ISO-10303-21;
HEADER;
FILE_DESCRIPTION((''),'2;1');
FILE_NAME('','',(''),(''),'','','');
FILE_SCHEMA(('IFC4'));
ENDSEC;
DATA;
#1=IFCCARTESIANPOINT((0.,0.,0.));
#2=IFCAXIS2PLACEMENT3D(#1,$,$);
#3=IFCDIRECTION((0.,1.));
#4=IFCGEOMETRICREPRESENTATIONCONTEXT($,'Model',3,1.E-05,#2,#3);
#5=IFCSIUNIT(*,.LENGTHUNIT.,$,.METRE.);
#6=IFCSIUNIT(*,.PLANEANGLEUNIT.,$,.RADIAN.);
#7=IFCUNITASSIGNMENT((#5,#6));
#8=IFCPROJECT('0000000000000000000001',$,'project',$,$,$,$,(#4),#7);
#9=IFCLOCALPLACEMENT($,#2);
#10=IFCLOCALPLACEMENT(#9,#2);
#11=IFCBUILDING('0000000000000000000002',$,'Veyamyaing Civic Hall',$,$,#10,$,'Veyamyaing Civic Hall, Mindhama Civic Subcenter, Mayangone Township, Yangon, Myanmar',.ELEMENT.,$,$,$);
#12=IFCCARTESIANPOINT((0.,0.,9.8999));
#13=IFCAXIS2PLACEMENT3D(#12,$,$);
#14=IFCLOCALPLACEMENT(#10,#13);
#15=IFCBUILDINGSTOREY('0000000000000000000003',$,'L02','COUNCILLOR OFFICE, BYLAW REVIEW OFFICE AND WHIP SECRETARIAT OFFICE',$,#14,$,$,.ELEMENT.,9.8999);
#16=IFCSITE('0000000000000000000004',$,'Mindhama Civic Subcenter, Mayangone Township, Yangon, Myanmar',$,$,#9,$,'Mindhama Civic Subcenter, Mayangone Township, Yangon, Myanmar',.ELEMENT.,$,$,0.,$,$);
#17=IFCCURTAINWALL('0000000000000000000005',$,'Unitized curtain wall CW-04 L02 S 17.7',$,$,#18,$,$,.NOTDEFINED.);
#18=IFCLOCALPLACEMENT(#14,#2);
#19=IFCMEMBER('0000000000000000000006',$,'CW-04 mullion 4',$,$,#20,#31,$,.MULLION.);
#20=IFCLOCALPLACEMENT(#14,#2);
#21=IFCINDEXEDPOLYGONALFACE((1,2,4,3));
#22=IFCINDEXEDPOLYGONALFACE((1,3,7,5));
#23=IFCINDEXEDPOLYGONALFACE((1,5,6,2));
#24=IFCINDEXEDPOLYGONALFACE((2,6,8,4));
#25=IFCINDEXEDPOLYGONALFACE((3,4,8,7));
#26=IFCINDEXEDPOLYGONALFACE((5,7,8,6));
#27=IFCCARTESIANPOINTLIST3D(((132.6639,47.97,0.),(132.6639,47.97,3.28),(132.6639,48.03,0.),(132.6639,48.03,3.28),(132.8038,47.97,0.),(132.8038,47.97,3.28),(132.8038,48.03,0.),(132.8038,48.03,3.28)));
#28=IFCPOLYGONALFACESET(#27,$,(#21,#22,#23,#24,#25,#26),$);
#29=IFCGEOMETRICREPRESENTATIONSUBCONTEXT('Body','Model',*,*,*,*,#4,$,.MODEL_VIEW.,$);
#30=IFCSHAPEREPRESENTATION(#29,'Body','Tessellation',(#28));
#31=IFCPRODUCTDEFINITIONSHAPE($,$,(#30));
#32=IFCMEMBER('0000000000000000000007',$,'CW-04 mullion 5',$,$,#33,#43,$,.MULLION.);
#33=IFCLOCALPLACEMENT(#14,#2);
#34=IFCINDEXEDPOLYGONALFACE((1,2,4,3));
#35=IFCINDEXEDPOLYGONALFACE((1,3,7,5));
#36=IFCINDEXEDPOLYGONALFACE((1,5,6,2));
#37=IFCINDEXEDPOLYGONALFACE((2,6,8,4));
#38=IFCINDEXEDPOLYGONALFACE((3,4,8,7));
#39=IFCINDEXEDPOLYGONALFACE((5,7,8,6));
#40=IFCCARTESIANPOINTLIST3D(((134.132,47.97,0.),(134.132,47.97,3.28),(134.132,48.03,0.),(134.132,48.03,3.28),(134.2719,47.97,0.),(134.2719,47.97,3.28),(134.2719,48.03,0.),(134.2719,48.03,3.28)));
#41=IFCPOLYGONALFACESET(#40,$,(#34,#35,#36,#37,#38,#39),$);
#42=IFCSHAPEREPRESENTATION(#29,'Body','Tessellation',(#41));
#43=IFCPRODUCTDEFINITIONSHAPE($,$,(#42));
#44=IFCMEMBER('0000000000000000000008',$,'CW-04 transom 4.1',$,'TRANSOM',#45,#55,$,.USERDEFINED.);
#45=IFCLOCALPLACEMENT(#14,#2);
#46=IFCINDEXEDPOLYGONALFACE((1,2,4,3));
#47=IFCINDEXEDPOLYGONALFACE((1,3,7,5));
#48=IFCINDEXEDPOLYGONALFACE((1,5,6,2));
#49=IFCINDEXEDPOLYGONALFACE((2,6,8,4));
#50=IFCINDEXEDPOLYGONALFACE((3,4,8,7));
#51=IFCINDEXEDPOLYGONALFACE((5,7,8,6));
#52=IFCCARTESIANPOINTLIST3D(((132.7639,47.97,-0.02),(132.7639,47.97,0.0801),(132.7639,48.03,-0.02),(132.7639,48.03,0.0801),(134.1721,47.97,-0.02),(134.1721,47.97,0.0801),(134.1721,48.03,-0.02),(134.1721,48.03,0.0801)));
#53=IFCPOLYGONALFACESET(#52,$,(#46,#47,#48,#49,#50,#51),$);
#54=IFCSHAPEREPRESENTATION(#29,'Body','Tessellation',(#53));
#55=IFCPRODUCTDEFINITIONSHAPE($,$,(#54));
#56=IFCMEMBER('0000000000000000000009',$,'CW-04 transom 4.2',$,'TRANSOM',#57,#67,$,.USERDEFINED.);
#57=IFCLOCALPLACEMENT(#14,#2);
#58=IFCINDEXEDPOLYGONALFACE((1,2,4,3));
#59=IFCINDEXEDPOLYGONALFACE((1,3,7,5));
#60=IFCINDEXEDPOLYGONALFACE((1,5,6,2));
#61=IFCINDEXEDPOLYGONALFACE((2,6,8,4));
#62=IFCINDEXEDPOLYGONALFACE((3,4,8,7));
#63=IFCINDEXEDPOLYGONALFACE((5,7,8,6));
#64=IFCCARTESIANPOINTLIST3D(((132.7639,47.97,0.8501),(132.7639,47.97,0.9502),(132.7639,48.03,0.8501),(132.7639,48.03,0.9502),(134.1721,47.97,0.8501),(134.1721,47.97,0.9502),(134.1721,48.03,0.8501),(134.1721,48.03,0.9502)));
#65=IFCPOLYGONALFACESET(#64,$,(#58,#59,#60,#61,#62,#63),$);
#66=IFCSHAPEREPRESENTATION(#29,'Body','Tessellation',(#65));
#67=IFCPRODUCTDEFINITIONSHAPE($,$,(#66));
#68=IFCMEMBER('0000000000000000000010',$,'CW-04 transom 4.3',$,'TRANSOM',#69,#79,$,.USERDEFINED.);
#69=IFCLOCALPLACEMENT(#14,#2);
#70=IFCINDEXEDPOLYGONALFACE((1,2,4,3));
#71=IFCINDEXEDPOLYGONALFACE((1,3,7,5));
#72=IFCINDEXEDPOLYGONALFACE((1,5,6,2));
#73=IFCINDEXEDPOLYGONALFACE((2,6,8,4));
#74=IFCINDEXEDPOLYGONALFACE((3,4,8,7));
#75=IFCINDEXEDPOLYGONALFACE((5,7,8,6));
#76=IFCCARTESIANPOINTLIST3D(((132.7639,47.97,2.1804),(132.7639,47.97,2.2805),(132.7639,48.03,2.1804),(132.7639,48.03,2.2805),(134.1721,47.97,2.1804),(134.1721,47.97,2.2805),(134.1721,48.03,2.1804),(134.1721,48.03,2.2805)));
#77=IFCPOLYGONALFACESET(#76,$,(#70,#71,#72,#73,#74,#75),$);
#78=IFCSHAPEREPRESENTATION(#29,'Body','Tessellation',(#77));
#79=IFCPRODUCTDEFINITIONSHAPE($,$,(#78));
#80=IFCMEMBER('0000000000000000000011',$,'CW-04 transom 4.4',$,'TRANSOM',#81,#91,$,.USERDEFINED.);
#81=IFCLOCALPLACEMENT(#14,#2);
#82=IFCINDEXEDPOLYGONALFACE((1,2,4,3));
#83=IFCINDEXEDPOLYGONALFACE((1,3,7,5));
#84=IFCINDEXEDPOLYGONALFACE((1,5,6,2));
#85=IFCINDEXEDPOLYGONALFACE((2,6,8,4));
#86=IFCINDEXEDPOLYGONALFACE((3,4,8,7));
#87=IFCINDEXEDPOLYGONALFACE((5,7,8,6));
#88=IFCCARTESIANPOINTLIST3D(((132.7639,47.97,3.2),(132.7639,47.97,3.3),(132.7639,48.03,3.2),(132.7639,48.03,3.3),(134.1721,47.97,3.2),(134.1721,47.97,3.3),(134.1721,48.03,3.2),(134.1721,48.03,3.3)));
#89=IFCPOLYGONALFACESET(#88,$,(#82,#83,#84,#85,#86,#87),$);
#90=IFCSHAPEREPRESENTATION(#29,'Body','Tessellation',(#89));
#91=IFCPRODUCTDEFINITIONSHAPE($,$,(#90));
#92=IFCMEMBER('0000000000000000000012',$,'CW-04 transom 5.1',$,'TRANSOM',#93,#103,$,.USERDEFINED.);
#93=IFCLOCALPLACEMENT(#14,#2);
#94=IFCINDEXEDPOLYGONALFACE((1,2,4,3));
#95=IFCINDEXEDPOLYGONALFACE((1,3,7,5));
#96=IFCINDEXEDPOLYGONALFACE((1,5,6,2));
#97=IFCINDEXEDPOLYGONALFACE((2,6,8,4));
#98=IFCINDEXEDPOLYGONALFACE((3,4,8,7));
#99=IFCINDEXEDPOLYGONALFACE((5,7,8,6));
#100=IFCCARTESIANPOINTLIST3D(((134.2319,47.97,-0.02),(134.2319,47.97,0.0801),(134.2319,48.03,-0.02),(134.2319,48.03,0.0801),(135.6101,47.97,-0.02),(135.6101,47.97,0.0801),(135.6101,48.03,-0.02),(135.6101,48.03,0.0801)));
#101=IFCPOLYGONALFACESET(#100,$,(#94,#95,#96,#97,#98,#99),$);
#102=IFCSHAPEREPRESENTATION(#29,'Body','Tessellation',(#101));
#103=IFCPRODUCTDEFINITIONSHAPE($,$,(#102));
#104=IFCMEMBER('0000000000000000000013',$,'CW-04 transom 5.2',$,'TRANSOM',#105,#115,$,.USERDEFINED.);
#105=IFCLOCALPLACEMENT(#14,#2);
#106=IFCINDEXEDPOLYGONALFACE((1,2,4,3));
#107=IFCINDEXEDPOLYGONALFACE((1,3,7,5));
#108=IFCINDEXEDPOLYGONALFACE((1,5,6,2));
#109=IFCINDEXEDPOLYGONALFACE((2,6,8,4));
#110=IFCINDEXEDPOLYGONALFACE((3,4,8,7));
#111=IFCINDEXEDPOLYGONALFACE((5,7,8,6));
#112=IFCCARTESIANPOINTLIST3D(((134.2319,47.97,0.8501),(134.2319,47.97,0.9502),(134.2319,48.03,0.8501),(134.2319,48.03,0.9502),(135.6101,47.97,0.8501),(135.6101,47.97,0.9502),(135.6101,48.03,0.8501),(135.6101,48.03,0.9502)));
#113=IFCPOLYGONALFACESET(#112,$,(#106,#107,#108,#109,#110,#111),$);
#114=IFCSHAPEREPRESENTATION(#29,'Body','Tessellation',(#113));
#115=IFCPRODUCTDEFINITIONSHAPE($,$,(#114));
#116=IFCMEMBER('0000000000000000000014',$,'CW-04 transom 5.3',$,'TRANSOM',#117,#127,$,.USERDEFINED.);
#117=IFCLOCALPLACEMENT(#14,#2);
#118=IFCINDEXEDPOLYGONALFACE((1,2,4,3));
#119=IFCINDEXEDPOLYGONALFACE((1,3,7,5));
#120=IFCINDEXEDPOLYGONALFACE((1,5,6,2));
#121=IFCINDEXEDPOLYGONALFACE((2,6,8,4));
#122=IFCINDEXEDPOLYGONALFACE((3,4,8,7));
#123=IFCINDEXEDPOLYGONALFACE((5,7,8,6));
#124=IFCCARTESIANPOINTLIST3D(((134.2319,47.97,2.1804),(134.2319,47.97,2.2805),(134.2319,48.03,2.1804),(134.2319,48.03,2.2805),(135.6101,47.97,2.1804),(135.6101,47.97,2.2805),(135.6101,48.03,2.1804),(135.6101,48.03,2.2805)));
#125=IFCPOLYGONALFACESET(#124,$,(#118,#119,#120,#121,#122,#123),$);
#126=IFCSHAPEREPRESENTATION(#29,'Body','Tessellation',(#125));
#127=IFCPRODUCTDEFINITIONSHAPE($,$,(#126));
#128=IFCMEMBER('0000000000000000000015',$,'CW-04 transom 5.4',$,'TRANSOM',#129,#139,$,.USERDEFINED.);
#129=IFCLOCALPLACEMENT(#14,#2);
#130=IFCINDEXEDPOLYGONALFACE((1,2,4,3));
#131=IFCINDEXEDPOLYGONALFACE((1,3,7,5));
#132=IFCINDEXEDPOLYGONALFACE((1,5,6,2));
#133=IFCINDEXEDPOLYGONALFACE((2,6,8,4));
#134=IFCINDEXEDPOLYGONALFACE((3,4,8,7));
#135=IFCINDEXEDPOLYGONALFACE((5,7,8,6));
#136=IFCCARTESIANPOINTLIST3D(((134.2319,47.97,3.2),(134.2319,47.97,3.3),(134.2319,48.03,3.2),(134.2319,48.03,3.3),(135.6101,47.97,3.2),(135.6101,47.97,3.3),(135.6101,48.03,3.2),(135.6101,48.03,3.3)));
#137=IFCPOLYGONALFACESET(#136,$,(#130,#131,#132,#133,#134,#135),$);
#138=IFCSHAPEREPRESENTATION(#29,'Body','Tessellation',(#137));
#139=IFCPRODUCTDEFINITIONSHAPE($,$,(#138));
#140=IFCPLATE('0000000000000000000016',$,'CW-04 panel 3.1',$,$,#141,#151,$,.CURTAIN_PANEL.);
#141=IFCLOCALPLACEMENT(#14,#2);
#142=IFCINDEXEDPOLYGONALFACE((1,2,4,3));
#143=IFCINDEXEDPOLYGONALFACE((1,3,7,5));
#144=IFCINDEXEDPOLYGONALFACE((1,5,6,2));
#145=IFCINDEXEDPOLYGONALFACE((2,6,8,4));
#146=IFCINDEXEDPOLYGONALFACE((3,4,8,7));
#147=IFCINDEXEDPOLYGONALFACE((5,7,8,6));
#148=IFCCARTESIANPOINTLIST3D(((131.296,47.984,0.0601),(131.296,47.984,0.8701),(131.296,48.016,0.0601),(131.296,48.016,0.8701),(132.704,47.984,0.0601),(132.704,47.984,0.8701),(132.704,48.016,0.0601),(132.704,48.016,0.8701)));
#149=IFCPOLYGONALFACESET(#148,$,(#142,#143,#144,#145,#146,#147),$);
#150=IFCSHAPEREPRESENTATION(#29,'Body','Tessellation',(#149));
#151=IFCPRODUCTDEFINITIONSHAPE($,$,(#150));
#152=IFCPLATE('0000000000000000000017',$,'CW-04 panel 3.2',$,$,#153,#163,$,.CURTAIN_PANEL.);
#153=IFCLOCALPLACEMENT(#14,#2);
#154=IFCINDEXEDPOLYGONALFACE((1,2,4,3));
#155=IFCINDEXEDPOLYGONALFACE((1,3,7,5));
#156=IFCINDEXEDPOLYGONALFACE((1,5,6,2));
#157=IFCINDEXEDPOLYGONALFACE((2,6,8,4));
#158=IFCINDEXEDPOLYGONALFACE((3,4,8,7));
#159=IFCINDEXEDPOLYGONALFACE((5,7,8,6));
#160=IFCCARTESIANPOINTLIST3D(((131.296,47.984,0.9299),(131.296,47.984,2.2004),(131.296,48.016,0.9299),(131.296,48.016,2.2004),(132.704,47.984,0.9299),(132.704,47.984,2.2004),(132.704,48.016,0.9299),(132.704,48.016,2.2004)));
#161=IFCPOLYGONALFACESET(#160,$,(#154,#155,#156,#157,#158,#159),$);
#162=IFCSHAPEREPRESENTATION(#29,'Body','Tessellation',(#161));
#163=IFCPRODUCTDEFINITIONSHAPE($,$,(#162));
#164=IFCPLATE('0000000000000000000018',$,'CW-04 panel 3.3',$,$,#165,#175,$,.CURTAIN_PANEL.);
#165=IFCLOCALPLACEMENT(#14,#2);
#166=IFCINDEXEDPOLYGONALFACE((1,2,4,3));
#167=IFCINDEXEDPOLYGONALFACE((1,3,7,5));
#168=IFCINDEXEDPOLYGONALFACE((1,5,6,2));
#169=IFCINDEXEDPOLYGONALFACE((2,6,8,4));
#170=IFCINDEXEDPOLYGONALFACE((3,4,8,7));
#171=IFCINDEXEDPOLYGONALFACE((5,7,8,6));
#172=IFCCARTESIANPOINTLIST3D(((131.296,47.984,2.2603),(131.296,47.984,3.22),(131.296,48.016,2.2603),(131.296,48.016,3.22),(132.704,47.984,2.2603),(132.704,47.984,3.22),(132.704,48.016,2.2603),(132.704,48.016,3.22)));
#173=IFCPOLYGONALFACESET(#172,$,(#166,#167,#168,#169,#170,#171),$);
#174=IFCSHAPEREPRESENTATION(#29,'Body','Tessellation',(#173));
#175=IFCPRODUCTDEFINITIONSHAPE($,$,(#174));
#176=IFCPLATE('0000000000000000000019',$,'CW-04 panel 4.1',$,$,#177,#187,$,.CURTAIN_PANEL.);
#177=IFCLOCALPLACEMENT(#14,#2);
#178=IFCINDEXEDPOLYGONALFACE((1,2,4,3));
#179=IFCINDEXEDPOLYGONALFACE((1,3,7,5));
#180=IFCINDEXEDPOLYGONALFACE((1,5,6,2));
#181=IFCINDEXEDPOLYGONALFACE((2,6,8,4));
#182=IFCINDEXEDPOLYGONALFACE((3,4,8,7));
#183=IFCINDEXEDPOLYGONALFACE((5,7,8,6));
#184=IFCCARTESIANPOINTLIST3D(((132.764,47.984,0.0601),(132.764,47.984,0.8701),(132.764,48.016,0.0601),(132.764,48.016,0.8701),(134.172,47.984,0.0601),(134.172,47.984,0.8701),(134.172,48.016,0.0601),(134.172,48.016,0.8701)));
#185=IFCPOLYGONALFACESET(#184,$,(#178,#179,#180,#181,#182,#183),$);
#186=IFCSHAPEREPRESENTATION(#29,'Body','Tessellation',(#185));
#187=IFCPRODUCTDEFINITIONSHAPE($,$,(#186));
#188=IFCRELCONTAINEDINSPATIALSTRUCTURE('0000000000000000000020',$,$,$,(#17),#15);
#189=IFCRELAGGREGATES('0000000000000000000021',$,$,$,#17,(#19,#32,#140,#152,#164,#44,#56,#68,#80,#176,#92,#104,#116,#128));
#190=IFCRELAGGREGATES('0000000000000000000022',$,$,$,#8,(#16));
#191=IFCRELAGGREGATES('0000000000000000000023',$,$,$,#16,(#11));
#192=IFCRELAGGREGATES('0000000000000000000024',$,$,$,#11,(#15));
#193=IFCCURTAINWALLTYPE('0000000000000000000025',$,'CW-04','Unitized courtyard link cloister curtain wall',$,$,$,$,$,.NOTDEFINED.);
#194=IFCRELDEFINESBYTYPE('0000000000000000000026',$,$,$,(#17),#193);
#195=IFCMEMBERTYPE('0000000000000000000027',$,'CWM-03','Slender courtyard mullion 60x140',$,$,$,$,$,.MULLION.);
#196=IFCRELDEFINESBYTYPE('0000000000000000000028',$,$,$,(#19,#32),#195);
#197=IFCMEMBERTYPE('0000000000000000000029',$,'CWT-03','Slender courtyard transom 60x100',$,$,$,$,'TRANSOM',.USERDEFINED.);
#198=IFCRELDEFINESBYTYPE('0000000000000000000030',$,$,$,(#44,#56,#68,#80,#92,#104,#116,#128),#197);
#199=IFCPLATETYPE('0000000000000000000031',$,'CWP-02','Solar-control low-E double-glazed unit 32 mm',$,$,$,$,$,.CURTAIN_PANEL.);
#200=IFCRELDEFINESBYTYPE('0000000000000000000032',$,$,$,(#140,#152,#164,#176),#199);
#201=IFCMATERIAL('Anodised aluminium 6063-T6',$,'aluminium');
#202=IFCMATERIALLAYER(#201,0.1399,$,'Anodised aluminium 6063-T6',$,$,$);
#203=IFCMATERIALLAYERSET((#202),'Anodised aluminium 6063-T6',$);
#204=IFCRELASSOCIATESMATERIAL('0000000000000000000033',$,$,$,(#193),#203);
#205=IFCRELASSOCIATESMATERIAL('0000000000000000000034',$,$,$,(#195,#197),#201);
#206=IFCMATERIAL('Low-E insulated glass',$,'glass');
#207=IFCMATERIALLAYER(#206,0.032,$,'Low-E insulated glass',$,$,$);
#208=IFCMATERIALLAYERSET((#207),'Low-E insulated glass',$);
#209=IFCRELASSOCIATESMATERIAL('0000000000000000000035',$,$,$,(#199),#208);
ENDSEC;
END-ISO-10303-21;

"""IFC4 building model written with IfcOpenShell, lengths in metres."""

from ifc_helpers import new_model, si_unit, direction, frame, origin, origin_2d, place, context, subcontext, project, spatial, rectangle, extrude, material, layer, layer_set, material_profile, profile_set, type_object, element, aggregate, save


model = new_model("IFC4")

# Units and contexts
model_context = context("Model", 3, precision=1e-05, world=origin(), true_north=direction((0.0, 1.0)))
body_context = subcontext(model_context, "Body", "Model", "MODEL_VIEW")
ifc_project = project(units=[si_unit("LENGTHUNIT", "METRE"), si_unit("PLANEANGLEUNIT", "RADIAN")], contexts=[model_context])

# Site, building, storey
site_placement = place(None, origin())
site = spatial("IfcSite", under=ifc_project, at=site_placement, Name="Mindhama Civic Subcenter, Mayangone Township, Yangon, Myanmar", LongName="Mindhama Civic Subcenter, Mayangone Township, Yangon, Myanmar", CompositionType="ELEMENT", RefElevation=0.0)
building_placement = place(site_placement, origin())
building = spatial("IfcBuilding", under=site, at=building_placement, Name="Veyamyaing Civic Hall", LongName="Veyamyaing Civic Hall, Mindhama Civic Subcenter, Mayangone Township, Yangon, Myanmar", CompositionType="ELEMENT")
storey_placement = place(building_placement, frame((0.0, 0.0, 9.8999)))
storey = spatial("IfcBuildingStorey", under=building, at=storey_placement, Name="L02", Description="COUNCILLOR OFFICE, BYLAW REVIEW OFFICE AND WHIP SECRETARIAT OFFICE", CompositionType="ELEMENT", Elevation=9.8999)

# Curtain wall, members, plates
ifc_material_1 = material(Name="Anodised aluminium 6063-T6", Category="aluminium")
ifc_layer_1 = layer(ifc_material_1, 0.1399, Name="Anodised aluminium 6063-T6")
ifc_layer_set_1 = layer_set([ifc_layer_1], Name="Anodised aluminium 6063-T6")
curtain_wall_type = type_object("IfcCurtainWallType", Name="CW-04", Description="Unitized courtyard link cloister curtain wall", PredefinedType="NOTDEFINED", material=ifc_layer_set_1)
curtain_wall_placement = place(storey_placement, origin())
curtain_wall = element("IfcCurtainWall", 1, at=curtain_wall_placement, inside=storey, type_object=curtain_wall_type, Name="Unitized curtain wall CW-04 L02 S 17.7", PredefinedType="NOTDEFINED")
ifc_material_profile_1 = material_profile(ifc_material_1, rectangle(XDim=0.0601, YDim=0.1399, at=origin_2d()), Name="ALU-MUL-60X140")
ifc_profile_set_1 = profile_set([ifc_material_profile_1], Name="Anodised aluminium 6063-T6")
member_type_1 = type_object("IfcMemberType", Name="CWM-03", Description="Slender courtyard mullion 60x140", PredefinedType="MULLION", material=ifc_profile_set_1)
member_1_placement = place(storey_placement, frame((132.7339, 48.0, 0.0), z_axis=(0.0, 0.0, 1.0), x_axis=(0.0, 1.0, 0.0)))
member_1 = element("IfcMember", 2, at=member_1_placement, type_object=member_type_1, Name="CW-04 mullion 4", PredefinedType="MULLION", context=body_context, shape_type="SweptSolid", body=[
    extrude(rectangle(XDim=0.0601, YDim=0.1399, at=origin_2d()), origin(), (0.0, 0.0, 1.0), 3.28),
])
member_2_placement = place(storey_placement, frame((134.2019, 48.0, 0.0), z_axis=(0.0, 0.0, 1.0), x_axis=(0.0, 1.0, 0.0)))
member_2 = element("IfcMember", 3, at=member_2_placement, type_object=member_type_1, Name="CW-04 mullion 5", PredefinedType="MULLION", context=body_context, shape_type="SweptSolid", body=[
    extrude(rectangle(XDim=0.0601, YDim=0.1399, at=origin_2d()), origin(), (0.0, 0.0, 1.0), 3.28),
])
ifc_material_profile_2 = material_profile(ifc_material_1, rectangle(XDim=0.0601, YDim=0.1001, at=origin_2d()), Name="ALU-TRN-60X100")
ifc_profile_set_2 = profile_set([ifc_material_profile_2], Name="Anodised aluminium 6063-T6")
member_type_2 = type_object("IfcMemberType", Name="CWT-03", Description="Slender courtyard transom 60x100", ElementType="TRANSOM", PredefinedType="USERDEFINED", material=ifc_profile_set_2)
member_3_placement = place(storey_placement, frame((132.7639, 48.0, 0.03), z_axis=(1.0, 0.0, 0.0), x_axis=(0.0, 1.0, 0.0)))
member_3 = element("IfcMember", 4, at=member_3_placement, type_object=member_type_2, Name="CW-04 transom 4.1", ObjectType="TRANSOM", PredefinedType="USERDEFINED", context=body_context, shape_type="SweptSolid", body=[
    extrude(rectangle(XDim=0.0601, YDim=0.1001, at=origin_2d()), origin(), (0.0, 0.0, 1.0), 1.4082),
])
member_4_placement = place(storey_placement, frame((132.7639, 48.0, 0.9001), z_axis=(1.0, 0.0, 0.0), x_axis=(0.0, 1.0, 0.0)))
member_4 = element("IfcMember", 5, at=member_4_placement, type_object=member_type_2, Name="CW-04 transom 4.2", ObjectType="TRANSOM", PredefinedType="USERDEFINED", context=body_context, shape_type="SweptSolid", body=[
    extrude(rectangle(XDim=0.0601, YDim=0.1001, at=origin_2d()), origin(), (0.0, 0.0, 1.0), 1.4082),
])
member_5_placement = place(storey_placement, frame((132.7639, 48.0, 2.2305), z_axis=(1.0, 0.0, 0.0), x_axis=(0.0, 1.0, 0.0)))
member_5 = element("IfcMember", 6, at=member_5_placement, type_object=member_type_2, Name="CW-04 transom 4.3", ObjectType="TRANSOM", PredefinedType="USERDEFINED", context=body_context, shape_type="SweptSolid", body=[
    extrude(rectangle(XDim=0.0601, YDim=0.1001, at=origin_2d()), origin(), (0.0, 0.0, 1.0), 1.4082),
])
member_6_placement = place(storey_placement, frame((132.7639, 48.0, 3.25), z_axis=(1.0, 0.0, 0.0), x_axis=(0.0, 1.0, 0.0)))
member_6 = element("IfcMember", 7, at=member_6_placement, type_object=member_type_2, Name="CW-04 transom 4.4", ObjectType="TRANSOM", PredefinedType="USERDEFINED", context=body_context, shape_type="SweptSolid", body=[
    extrude(rectangle(XDim=0.0601, YDim=0.1001, at=origin_2d()), origin(), (0.0, 0.0, 1.0), 1.4082),
])
member_7_placement = place(storey_placement, frame((134.2319, 48.0, 0.03), z_axis=(1.0, 0.0, 0.0), x_axis=(0.0, 1.0, 0.0)))
member_7 = element("IfcMember", 8, at=member_7_placement, type_object=member_type_2, Name="CW-04 transom 5.1", ObjectType="TRANSOM", PredefinedType="USERDEFINED", context=body_context, shape_type="SweptSolid", body=[
    extrude(rectangle(XDim=0.0601, YDim=0.1001, at=origin_2d()), origin(), (0.0, 0.0, 1.0), 1.3782),
])
member_8_placement = place(storey_placement, frame((134.2319, 48.0, 0.9001), z_axis=(1.0, 0.0, 0.0), x_axis=(0.0, 1.0, 0.0)))
member_8 = element("IfcMember", 9, at=member_8_placement, type_object=member_type_2, Name="CW-04 transom 5.2", ObjectType="TRANSOM", PredefinedType="USERDEFINED", context=body_context, shape_type="SweptSolid", body=[
    extrude(rectangle(XDim=0.0601, YDim=0.1001, at=origin_2d()), origin(), (0.0, 0.0, 1.0), 1.3782),
])
member_9_placement = place(storey_placement, frame((134.2319, 48.0, 2.2305), z_axis=(1.0, 0.0, 0.0), x_axis=(0.0, 1.0, 0.0)))
member_9 = element("IfcMember", 10, at=member_9_placement, type_object=member_type_2, Name="CW-04 transom 5.3", ObjectType="TRANSOM", PredefinedType="USERDEFINED", context=body_context, shape_type="SweptSolid", body=[
    extrude(rectangle(XDim=0.0601, YDim=0.1001, at=origin_2d()), origin(), (0.0, 0.0, 1.0), 1.3782),
])
member_10_placement = place(storey_placement, frame((134.2319, 48.0, 3.25), z_axis=(1.0, 0.0, 0.0), x_axis=(0.0, 1.0, 0.0)))
member_10 = element("IfcMember", 11, at=member_10_placement, type_object=member_type_2, Name="CW-04 transom 5.4", ObjectType="TRANSOM", PredefinedType="USERDEFINED", context=body_context, shape_type="SweptSolid", body=[
    extrude(rectangle(XDim=0.0601, YDim=0.1001, at=origin_2d()), origin(), (0.0, 0.0, 1.0), 1.3782),
])
ifc_material_2 = material(Name="Low-E insulated glass", Category="glass")
ifc_layer_2 = layer(ifc_material_2, 0.032, Name="Low-E insulated glass")
ifc_layer_set_2 = layer_set([ifc_layer_2], Name="Low-E insulated glass")
plate_type = type_object("IfcPlateType", Name="CWP-02", Description="Solar-control low-E double-glazed unit 32 mm", PredefinedType="CURTAIN_PANEL", material=ifc_layer_set_2)
plate_1_placement = place(storey_placement, frame((132.0, 48.0, 0.0601), z_axis=(0.0, 0.0, 1.0), x_axis=(1.0, 0.0, 0.0)))
plate_1 = element("IfcPlate", 12, at=plate_1_placement, type_object=plate_type, Name="CW-04 panel 3.1", PredefinedType="CURTAIN_PANEL", context=body_context, shape_type="SweptSolid", body=[
    extrude(rectangle(XDim=1.408, YDim=0.032, at=origin_2d()), origin(), (0.0, 0.0, 1.0), 0.8101),
])
plate_2_placement = place(storey_placement, frame((132.0, 48.0, 0.9299), z_axis=(0.0, 0.0, 1.0), x_axis=(1.0, 0.0, 0.0)))
plate_2 = element("IfcPlate", 13, at=plate_2_placement, type_object=plate_type, Name="CW-04 panel 3.2", PredefinedType="CURTAIN_PANEL", context=body_context, shape_type="SweptSolid", body=[
    extrude(rectangle(XDim=1.408, YDim=0.032, at=origin_2d()), origin(), (0.0, 0.0, 1.0), 1.2705),
])
plate_3_placement = place(storey_placement, frame((132.0, 48.0, 2.2603), z_axis=(0.0, 0.0, 1.0), x_axis=(1.0, 0.0, 0.0)))
plate_3 = element("IfcPlate", 14, at=plate_3_placement, type_object=plate_type, Name="CW-04 panel 3.3", PredefinedType="CURTAIN_PANEL", context=body_context, shape_type="SweptSolid", body=[
    extrude(rectangle(XDim=1.408, YDim=0.032, at=origin_2d()), origin(), (0.0, 0.0, 1.0), 0.9597),
])
plate_4_placement = place(storey_placement, frame((133.468, 48.0, 0.0601), z_axis=(0.0, 0.0, 1.0), x_axis=(1.0, 0.0, 0.0)))
plate_4 = element("IfcPlate", 15, at=plate_4_placement, type_object=plate_type, Name="CW-04 panel 4.1", PredefinedType="CURTAIN_PANEL", context=body_context, shape_type="SweptSolid", body=[
    extrude(rectangle(XDim=1.408, YDim=0.032, at=origin_2d()), origin(), (0.0, 0.0, 1.0), 0.8101),
])
aggregate(curtain_wall, [member_1, member_2, plate_1, plate_2, plate_3, member_3, member_4, member_5, member_6, plate_4, member_7, member_8, member_9, member_10])

save(model, "model.ifc")
